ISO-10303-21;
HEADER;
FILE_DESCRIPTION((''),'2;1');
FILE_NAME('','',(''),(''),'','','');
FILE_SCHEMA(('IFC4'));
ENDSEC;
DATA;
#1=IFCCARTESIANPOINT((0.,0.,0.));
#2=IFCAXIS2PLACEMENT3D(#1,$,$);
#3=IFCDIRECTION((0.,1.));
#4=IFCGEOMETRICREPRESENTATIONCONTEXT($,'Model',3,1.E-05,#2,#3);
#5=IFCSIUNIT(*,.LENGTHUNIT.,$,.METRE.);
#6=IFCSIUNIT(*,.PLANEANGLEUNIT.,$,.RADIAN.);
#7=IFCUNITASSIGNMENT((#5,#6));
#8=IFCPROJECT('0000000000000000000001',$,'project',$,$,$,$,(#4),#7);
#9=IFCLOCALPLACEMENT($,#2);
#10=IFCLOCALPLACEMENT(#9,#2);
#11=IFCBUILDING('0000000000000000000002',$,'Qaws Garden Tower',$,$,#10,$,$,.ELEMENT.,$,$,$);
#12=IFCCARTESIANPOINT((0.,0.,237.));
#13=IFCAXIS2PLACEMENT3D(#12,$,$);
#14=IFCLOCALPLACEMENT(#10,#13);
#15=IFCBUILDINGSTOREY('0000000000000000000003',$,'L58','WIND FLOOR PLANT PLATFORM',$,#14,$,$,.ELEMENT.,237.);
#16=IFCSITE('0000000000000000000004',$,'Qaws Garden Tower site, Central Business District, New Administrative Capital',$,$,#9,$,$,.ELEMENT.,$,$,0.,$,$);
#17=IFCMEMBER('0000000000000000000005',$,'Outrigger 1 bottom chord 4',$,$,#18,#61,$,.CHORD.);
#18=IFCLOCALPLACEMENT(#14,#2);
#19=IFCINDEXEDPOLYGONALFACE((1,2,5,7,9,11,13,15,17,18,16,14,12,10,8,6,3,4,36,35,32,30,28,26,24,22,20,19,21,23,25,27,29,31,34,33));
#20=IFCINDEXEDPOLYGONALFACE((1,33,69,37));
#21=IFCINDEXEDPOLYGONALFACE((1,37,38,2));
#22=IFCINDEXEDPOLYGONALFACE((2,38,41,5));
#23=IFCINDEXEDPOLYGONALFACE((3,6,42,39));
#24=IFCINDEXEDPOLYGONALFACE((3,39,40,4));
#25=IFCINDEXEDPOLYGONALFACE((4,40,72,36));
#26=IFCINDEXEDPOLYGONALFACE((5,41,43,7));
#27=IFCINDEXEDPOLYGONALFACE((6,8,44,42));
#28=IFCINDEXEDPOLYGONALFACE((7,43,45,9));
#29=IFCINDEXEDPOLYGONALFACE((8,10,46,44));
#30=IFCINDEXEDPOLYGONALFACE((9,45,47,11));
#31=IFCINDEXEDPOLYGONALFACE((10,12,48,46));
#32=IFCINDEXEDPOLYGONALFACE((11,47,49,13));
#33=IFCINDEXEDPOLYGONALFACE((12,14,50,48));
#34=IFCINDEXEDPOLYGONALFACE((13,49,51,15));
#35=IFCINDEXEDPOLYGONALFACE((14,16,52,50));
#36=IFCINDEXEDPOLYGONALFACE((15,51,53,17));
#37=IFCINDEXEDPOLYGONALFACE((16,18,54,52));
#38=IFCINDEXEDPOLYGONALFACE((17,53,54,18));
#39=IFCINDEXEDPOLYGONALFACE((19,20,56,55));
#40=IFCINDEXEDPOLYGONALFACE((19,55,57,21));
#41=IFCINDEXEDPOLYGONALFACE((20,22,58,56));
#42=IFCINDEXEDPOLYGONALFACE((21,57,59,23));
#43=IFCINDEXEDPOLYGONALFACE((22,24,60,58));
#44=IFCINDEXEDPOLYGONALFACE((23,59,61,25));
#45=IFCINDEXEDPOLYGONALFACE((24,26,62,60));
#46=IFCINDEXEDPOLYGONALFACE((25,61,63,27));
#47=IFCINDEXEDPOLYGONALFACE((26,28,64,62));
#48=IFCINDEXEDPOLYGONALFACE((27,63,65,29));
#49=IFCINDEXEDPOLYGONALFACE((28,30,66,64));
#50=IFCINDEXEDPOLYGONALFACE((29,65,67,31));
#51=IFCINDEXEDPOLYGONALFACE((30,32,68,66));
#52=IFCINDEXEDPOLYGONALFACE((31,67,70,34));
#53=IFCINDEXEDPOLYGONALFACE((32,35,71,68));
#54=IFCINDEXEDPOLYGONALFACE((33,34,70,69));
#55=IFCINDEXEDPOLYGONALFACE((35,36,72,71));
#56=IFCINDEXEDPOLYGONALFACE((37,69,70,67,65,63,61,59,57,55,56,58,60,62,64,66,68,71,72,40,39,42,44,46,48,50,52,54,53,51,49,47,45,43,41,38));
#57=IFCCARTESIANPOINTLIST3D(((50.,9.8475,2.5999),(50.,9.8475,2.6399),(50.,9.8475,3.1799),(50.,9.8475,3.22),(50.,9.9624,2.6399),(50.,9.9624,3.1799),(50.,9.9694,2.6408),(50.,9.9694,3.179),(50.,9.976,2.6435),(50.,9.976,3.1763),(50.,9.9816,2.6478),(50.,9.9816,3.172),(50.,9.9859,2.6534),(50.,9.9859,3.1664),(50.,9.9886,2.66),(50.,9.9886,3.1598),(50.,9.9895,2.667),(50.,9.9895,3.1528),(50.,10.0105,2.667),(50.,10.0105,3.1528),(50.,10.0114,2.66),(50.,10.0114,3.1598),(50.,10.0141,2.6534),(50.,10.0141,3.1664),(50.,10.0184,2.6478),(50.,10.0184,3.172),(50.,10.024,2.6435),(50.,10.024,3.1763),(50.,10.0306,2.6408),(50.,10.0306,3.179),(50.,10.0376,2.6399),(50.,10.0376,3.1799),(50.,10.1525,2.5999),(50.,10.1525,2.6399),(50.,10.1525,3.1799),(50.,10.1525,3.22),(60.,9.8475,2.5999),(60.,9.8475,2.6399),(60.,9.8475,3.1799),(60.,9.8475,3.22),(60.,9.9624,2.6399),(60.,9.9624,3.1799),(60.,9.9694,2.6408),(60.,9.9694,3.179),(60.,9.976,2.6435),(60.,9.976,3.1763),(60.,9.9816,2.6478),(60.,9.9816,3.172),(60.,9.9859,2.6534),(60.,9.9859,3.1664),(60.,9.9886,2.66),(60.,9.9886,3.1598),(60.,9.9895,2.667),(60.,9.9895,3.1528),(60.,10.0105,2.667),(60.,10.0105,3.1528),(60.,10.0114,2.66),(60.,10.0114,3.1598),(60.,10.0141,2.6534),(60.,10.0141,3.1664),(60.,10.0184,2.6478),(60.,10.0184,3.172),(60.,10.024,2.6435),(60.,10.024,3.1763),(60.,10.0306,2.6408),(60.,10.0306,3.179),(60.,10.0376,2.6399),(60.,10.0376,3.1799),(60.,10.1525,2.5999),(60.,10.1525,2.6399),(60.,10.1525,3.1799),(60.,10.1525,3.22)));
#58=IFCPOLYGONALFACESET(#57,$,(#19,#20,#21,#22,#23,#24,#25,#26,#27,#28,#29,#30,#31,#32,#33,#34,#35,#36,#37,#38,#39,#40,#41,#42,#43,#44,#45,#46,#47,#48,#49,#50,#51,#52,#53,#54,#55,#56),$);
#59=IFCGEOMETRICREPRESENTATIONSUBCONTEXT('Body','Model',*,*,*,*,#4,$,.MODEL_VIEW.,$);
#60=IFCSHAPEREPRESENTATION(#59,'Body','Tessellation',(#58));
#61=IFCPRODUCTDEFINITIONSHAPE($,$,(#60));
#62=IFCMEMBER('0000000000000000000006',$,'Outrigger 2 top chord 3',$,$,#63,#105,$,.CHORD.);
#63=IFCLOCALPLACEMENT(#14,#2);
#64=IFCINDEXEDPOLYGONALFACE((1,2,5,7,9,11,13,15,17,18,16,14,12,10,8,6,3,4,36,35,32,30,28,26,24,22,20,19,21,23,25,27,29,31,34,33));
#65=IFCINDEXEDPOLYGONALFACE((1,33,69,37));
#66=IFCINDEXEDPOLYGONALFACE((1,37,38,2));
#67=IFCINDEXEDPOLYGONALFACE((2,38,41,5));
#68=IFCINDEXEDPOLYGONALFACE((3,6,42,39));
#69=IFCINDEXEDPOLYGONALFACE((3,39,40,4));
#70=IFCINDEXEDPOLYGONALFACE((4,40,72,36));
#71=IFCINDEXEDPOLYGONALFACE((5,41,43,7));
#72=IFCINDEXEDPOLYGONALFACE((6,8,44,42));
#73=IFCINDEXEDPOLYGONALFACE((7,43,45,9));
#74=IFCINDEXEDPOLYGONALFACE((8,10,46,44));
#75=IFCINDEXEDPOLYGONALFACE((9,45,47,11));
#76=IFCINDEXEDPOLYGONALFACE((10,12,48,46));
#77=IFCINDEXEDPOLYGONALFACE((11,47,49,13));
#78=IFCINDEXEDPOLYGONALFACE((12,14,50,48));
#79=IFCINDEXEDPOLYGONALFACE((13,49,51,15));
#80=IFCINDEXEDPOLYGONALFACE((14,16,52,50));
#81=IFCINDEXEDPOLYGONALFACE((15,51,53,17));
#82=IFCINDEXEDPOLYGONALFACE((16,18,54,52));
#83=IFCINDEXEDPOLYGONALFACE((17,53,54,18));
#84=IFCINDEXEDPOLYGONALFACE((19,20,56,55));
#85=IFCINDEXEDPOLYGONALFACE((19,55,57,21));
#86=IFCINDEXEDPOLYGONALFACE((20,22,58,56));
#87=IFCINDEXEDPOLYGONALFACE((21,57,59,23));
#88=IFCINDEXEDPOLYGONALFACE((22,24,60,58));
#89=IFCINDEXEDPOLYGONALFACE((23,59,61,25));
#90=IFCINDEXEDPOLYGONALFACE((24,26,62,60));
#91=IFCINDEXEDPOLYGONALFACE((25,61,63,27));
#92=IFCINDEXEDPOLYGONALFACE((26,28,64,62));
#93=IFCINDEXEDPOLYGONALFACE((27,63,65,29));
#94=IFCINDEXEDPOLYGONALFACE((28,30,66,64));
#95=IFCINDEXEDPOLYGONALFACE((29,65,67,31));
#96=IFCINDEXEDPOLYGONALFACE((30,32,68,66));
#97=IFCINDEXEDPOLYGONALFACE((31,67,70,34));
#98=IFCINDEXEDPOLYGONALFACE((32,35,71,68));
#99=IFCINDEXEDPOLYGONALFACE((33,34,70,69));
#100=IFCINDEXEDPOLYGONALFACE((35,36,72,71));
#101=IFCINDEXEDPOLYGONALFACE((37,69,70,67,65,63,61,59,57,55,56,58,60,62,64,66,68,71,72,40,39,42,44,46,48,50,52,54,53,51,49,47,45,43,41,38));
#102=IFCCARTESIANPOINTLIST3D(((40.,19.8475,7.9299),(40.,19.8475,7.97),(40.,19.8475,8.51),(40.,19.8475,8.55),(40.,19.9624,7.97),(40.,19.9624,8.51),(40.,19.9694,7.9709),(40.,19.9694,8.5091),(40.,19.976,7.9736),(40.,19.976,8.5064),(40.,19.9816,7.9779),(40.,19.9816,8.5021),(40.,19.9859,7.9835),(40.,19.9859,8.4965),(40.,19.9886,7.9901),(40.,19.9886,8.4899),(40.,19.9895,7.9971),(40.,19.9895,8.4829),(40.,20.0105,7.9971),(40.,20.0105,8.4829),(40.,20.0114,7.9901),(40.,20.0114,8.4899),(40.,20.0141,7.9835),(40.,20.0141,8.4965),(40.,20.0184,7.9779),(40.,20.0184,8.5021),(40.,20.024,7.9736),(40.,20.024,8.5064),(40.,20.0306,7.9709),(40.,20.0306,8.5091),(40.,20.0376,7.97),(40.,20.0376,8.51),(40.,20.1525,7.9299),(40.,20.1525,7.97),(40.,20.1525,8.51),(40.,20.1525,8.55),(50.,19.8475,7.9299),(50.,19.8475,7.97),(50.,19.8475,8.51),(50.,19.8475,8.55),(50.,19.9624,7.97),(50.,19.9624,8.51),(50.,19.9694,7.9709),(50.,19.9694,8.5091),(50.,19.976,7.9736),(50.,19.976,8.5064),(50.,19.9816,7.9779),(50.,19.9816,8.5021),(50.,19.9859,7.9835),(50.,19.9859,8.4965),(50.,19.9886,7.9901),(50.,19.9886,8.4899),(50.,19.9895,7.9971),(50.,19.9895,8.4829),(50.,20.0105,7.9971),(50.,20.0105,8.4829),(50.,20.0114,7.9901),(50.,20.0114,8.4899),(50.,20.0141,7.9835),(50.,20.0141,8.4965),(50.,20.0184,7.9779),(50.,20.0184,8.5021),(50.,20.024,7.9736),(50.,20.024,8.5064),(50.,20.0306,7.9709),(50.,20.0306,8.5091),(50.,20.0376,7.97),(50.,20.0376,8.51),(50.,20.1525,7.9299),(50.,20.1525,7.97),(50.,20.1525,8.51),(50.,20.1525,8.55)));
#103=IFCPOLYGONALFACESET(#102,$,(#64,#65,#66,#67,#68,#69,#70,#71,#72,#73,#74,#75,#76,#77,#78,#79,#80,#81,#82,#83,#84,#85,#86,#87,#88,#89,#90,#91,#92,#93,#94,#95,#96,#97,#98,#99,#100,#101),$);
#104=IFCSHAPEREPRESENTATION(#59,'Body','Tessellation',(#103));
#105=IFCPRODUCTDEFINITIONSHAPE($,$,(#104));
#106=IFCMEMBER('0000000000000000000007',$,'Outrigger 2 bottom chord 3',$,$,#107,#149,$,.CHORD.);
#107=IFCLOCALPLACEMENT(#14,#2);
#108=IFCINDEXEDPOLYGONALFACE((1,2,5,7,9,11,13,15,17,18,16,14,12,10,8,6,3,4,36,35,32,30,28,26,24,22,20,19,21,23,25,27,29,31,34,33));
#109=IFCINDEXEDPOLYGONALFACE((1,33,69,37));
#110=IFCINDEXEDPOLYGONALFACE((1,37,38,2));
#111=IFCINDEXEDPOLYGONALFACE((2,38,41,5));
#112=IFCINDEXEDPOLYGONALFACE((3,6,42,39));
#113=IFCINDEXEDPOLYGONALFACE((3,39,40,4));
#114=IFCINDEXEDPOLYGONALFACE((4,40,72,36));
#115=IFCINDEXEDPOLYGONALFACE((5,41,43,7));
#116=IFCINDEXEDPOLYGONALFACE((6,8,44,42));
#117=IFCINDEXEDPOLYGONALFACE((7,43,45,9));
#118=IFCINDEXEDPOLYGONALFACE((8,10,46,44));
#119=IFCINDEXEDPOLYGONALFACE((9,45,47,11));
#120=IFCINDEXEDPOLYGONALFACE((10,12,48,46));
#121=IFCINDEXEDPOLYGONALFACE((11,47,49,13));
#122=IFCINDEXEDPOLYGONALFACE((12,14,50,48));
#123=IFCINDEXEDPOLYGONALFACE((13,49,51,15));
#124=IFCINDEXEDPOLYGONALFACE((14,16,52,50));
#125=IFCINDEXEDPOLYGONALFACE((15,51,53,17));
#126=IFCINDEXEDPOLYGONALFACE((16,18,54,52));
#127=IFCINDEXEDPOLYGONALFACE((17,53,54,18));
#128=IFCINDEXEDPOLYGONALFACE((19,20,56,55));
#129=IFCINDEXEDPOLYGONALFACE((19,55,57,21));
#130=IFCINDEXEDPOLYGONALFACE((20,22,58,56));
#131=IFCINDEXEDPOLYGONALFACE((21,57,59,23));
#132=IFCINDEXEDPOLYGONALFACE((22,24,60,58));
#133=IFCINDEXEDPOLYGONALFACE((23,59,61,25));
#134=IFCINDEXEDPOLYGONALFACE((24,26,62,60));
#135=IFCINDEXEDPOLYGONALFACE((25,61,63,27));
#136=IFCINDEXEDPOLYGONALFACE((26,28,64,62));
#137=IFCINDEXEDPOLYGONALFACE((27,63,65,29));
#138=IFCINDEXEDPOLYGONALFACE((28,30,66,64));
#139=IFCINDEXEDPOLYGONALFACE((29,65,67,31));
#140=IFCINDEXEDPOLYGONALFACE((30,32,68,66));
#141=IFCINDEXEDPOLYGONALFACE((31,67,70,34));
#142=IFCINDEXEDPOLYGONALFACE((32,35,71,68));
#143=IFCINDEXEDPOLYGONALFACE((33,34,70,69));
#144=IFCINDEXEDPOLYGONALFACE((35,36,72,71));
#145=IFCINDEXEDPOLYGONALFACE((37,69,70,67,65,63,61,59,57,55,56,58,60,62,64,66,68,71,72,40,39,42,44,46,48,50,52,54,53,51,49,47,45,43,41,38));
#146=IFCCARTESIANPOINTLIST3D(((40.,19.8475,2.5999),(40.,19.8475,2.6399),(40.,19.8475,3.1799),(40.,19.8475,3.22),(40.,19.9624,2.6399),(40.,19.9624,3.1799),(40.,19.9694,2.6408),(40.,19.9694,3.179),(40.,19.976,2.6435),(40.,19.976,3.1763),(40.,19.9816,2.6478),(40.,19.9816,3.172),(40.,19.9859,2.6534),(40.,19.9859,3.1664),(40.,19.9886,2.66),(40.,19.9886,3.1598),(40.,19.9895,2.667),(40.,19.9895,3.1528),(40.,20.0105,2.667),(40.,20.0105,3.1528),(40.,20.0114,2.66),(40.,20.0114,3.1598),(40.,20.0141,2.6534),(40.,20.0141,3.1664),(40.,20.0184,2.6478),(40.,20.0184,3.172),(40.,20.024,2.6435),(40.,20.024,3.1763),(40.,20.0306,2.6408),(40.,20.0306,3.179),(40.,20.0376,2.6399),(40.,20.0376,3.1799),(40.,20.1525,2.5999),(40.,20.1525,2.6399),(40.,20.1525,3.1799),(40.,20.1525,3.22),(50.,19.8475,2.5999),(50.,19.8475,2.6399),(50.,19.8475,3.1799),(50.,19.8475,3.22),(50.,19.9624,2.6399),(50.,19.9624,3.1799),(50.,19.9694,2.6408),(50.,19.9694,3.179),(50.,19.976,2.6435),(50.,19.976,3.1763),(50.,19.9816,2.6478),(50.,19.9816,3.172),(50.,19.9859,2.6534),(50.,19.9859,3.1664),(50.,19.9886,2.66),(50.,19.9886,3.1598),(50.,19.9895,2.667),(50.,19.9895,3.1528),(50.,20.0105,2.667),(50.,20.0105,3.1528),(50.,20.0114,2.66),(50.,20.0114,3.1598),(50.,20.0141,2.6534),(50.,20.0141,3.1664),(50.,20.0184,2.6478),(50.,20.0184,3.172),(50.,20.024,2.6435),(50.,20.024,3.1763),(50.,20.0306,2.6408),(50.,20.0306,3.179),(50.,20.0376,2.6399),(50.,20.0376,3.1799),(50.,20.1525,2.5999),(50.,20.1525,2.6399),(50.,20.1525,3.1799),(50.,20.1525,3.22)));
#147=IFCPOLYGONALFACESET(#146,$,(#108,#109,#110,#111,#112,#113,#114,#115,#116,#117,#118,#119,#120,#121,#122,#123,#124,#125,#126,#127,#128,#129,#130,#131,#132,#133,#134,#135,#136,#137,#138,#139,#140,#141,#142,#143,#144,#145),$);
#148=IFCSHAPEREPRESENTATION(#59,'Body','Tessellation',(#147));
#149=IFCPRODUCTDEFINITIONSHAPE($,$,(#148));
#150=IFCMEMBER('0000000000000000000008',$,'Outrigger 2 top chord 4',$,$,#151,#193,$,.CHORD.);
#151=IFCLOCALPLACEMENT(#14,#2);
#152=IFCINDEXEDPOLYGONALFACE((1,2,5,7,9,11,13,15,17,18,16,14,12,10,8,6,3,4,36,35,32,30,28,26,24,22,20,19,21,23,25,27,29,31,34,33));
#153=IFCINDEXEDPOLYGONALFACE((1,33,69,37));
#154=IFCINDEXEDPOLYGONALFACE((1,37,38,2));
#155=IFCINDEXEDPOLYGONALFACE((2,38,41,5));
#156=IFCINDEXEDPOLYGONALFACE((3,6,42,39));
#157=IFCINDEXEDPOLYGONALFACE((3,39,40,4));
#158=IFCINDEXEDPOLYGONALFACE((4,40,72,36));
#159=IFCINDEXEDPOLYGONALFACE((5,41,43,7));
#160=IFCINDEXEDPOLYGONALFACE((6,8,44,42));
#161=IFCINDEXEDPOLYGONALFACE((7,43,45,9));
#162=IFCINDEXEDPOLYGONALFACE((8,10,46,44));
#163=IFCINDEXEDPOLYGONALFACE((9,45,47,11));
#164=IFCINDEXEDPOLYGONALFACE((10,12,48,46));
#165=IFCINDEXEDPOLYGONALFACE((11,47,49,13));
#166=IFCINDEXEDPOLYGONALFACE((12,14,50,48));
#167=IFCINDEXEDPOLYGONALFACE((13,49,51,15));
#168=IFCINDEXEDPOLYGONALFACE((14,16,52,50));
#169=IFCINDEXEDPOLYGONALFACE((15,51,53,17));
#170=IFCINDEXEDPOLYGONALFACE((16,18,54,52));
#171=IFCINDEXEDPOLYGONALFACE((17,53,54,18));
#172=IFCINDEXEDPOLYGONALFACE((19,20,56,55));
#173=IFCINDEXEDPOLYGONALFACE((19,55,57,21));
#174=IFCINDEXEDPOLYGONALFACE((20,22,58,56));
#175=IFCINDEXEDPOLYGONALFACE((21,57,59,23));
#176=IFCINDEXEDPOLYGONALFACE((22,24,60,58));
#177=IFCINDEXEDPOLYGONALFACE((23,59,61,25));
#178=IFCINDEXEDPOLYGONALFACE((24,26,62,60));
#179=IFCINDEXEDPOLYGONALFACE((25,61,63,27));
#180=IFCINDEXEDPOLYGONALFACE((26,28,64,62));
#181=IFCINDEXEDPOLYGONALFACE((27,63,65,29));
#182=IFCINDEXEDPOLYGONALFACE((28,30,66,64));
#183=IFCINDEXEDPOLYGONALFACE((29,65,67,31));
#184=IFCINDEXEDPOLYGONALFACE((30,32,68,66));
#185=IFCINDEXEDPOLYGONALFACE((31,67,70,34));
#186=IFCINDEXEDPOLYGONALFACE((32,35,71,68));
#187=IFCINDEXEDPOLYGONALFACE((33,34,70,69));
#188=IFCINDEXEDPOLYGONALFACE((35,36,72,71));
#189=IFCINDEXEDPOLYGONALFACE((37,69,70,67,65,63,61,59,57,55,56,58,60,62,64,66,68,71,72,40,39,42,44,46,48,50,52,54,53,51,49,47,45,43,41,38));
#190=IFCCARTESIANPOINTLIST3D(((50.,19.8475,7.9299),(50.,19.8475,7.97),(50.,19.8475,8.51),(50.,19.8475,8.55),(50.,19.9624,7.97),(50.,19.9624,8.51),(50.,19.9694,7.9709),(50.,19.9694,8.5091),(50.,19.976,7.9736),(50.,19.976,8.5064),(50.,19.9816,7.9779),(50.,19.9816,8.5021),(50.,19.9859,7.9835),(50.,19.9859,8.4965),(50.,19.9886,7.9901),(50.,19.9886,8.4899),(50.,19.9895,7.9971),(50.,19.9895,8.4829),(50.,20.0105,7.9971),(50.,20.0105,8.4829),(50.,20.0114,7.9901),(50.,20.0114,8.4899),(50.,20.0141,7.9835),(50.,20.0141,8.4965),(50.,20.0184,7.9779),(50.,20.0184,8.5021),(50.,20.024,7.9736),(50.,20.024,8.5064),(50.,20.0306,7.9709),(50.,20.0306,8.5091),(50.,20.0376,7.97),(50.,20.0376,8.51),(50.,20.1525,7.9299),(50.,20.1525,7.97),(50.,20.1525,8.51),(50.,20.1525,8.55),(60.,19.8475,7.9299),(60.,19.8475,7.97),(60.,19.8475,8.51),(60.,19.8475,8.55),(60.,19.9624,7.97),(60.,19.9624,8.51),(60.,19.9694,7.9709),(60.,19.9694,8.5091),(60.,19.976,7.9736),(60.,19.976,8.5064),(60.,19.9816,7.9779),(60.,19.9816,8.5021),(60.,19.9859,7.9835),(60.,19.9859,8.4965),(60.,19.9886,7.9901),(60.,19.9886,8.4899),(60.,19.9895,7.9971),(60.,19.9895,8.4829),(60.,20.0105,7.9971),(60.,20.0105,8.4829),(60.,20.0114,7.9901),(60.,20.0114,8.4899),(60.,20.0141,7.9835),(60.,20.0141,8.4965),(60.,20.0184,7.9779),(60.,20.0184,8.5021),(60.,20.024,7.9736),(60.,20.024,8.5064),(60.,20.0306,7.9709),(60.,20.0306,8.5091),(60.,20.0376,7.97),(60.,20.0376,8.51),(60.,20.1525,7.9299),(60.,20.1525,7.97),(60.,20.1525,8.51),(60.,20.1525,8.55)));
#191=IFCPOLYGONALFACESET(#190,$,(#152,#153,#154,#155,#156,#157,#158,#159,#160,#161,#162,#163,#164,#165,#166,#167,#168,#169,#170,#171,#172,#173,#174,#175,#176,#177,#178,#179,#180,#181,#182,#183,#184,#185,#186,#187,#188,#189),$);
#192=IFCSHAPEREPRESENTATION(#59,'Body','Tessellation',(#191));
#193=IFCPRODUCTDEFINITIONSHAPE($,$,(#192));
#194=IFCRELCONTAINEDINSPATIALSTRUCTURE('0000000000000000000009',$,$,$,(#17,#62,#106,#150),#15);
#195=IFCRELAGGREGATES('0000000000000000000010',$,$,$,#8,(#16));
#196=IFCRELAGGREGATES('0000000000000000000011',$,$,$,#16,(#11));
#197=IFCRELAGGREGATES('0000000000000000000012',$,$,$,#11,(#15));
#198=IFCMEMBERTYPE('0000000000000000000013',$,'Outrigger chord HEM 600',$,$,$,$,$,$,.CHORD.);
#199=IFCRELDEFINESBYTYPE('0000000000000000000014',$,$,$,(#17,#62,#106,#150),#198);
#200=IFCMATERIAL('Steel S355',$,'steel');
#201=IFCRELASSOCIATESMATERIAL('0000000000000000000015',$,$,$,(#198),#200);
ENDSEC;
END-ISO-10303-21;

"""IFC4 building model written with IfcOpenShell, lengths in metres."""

from ifc_helpers import new_model, si_unit, direction, frame, origin, origin_2d, place, context, subcontext, project, spatial, i_section, extrude, material, material_profile, profile_set, type_object, element, save


model = new_model("IFC4")

# Units and contexts
model_context = context("Model", 3, precision=1e-05, world=origin(), true_north=direction((0.0, 1.0)))
body_context = subcontext(model_context, "Body", "Model", "MODEL_VIEW")
ifc_project = project(units=[si_unit("LENGTHUNIT", "METRE"), si_unit("PLANEANGLEUNIT", "RADIAN")], contexts=[model_context])

# Site, building, storey
site_placement = place(None, origin())
site = spatial("IfcSite", under=ifc_project, at=site_placement, Name="Qaws Garden Tower site, Central Business District, New Administrative Capital", CompositionType="ELEMENT", RefElevation=0.0)
building_placement = place(site_placement, origin())
building = spatial("IfcBuilding", under=site, at=building_placement, Name="Qaws Garden Tower", CompositionType="ELEMENT")
storey_placement = place(building_placement, frame((0.0, 0.0, 237.0)))
storey = spatial("IfcBuildingStorey", under=building, at=storey_placement, Name="L58", Description="WIND FLOOR PLANT PLATFORM", CompositionType="ELEMENT", Elevation=237.0)

# Members
ifc_material_1 = material(Name="Steel S355", Category="steel")
ifc_material_profile_1 = material_profile(ifc_material_1, i_section(OverallWidth=0.3049, OverallDepth=0.6201, WebThickness=0.021, FlangeThickness=0.04, FilletRadius=0.0271, at=origin_2d()), Name="HEM 600")
ifc_profile_set_1 = profile_set([ifc_material_profile_1], Name="Steel S355")
member_type_1 = type_object("IfcMemberType", Name="Outrigger chord HEM 600", PredefinedType="CHORD", material=ifc_profile_set_1)
for number, where, z_axis, x_axis, name in (
    (1, (50.0, 10.0, 2.9099), (1.0, 0.0, 0.0), (0.0, 1.0, 0.0), "Outrigger 1 bottom chord 4"),
    (2, (40.0, 20.0, 8.24), (1.0, 0.0, 0.0), (0.0, 1.0, 0.0), "Outrigger 2 top chord 3"),
    (3, (40.0, 20.0, 2.9099), (1.0, 0.0, 0.0), (0.0, 1.0, 0.0), "Outrigger 2 bottom chord 3"),
    (4, (50.0, 20.0, 8.24), (1.0, 0.0, 0.0), (0.0, 1.0, 0.0), "Outrigger 2 top chord 4"),
):
    element("IfcMember", number, at=place(storey_placement, frame(where, z_axis=z_axis, x_axis=x_axis)), inside=storey, type_object=member_type_1, Name=name, PredefinedType="CHORD", context=body_context, shape_type="SweptSolid", body=[
        extrude(i_section(OverallWidth=0.3049, OverallDepth=0.6201, WebThickness=0.021, FlangeThickness=0.04, FilletRadius=0.0271, at=origin_2d()), origin(), (0.0, 0.0, 1.0), 10.0),
    ])

save(model, "model.ifc")
